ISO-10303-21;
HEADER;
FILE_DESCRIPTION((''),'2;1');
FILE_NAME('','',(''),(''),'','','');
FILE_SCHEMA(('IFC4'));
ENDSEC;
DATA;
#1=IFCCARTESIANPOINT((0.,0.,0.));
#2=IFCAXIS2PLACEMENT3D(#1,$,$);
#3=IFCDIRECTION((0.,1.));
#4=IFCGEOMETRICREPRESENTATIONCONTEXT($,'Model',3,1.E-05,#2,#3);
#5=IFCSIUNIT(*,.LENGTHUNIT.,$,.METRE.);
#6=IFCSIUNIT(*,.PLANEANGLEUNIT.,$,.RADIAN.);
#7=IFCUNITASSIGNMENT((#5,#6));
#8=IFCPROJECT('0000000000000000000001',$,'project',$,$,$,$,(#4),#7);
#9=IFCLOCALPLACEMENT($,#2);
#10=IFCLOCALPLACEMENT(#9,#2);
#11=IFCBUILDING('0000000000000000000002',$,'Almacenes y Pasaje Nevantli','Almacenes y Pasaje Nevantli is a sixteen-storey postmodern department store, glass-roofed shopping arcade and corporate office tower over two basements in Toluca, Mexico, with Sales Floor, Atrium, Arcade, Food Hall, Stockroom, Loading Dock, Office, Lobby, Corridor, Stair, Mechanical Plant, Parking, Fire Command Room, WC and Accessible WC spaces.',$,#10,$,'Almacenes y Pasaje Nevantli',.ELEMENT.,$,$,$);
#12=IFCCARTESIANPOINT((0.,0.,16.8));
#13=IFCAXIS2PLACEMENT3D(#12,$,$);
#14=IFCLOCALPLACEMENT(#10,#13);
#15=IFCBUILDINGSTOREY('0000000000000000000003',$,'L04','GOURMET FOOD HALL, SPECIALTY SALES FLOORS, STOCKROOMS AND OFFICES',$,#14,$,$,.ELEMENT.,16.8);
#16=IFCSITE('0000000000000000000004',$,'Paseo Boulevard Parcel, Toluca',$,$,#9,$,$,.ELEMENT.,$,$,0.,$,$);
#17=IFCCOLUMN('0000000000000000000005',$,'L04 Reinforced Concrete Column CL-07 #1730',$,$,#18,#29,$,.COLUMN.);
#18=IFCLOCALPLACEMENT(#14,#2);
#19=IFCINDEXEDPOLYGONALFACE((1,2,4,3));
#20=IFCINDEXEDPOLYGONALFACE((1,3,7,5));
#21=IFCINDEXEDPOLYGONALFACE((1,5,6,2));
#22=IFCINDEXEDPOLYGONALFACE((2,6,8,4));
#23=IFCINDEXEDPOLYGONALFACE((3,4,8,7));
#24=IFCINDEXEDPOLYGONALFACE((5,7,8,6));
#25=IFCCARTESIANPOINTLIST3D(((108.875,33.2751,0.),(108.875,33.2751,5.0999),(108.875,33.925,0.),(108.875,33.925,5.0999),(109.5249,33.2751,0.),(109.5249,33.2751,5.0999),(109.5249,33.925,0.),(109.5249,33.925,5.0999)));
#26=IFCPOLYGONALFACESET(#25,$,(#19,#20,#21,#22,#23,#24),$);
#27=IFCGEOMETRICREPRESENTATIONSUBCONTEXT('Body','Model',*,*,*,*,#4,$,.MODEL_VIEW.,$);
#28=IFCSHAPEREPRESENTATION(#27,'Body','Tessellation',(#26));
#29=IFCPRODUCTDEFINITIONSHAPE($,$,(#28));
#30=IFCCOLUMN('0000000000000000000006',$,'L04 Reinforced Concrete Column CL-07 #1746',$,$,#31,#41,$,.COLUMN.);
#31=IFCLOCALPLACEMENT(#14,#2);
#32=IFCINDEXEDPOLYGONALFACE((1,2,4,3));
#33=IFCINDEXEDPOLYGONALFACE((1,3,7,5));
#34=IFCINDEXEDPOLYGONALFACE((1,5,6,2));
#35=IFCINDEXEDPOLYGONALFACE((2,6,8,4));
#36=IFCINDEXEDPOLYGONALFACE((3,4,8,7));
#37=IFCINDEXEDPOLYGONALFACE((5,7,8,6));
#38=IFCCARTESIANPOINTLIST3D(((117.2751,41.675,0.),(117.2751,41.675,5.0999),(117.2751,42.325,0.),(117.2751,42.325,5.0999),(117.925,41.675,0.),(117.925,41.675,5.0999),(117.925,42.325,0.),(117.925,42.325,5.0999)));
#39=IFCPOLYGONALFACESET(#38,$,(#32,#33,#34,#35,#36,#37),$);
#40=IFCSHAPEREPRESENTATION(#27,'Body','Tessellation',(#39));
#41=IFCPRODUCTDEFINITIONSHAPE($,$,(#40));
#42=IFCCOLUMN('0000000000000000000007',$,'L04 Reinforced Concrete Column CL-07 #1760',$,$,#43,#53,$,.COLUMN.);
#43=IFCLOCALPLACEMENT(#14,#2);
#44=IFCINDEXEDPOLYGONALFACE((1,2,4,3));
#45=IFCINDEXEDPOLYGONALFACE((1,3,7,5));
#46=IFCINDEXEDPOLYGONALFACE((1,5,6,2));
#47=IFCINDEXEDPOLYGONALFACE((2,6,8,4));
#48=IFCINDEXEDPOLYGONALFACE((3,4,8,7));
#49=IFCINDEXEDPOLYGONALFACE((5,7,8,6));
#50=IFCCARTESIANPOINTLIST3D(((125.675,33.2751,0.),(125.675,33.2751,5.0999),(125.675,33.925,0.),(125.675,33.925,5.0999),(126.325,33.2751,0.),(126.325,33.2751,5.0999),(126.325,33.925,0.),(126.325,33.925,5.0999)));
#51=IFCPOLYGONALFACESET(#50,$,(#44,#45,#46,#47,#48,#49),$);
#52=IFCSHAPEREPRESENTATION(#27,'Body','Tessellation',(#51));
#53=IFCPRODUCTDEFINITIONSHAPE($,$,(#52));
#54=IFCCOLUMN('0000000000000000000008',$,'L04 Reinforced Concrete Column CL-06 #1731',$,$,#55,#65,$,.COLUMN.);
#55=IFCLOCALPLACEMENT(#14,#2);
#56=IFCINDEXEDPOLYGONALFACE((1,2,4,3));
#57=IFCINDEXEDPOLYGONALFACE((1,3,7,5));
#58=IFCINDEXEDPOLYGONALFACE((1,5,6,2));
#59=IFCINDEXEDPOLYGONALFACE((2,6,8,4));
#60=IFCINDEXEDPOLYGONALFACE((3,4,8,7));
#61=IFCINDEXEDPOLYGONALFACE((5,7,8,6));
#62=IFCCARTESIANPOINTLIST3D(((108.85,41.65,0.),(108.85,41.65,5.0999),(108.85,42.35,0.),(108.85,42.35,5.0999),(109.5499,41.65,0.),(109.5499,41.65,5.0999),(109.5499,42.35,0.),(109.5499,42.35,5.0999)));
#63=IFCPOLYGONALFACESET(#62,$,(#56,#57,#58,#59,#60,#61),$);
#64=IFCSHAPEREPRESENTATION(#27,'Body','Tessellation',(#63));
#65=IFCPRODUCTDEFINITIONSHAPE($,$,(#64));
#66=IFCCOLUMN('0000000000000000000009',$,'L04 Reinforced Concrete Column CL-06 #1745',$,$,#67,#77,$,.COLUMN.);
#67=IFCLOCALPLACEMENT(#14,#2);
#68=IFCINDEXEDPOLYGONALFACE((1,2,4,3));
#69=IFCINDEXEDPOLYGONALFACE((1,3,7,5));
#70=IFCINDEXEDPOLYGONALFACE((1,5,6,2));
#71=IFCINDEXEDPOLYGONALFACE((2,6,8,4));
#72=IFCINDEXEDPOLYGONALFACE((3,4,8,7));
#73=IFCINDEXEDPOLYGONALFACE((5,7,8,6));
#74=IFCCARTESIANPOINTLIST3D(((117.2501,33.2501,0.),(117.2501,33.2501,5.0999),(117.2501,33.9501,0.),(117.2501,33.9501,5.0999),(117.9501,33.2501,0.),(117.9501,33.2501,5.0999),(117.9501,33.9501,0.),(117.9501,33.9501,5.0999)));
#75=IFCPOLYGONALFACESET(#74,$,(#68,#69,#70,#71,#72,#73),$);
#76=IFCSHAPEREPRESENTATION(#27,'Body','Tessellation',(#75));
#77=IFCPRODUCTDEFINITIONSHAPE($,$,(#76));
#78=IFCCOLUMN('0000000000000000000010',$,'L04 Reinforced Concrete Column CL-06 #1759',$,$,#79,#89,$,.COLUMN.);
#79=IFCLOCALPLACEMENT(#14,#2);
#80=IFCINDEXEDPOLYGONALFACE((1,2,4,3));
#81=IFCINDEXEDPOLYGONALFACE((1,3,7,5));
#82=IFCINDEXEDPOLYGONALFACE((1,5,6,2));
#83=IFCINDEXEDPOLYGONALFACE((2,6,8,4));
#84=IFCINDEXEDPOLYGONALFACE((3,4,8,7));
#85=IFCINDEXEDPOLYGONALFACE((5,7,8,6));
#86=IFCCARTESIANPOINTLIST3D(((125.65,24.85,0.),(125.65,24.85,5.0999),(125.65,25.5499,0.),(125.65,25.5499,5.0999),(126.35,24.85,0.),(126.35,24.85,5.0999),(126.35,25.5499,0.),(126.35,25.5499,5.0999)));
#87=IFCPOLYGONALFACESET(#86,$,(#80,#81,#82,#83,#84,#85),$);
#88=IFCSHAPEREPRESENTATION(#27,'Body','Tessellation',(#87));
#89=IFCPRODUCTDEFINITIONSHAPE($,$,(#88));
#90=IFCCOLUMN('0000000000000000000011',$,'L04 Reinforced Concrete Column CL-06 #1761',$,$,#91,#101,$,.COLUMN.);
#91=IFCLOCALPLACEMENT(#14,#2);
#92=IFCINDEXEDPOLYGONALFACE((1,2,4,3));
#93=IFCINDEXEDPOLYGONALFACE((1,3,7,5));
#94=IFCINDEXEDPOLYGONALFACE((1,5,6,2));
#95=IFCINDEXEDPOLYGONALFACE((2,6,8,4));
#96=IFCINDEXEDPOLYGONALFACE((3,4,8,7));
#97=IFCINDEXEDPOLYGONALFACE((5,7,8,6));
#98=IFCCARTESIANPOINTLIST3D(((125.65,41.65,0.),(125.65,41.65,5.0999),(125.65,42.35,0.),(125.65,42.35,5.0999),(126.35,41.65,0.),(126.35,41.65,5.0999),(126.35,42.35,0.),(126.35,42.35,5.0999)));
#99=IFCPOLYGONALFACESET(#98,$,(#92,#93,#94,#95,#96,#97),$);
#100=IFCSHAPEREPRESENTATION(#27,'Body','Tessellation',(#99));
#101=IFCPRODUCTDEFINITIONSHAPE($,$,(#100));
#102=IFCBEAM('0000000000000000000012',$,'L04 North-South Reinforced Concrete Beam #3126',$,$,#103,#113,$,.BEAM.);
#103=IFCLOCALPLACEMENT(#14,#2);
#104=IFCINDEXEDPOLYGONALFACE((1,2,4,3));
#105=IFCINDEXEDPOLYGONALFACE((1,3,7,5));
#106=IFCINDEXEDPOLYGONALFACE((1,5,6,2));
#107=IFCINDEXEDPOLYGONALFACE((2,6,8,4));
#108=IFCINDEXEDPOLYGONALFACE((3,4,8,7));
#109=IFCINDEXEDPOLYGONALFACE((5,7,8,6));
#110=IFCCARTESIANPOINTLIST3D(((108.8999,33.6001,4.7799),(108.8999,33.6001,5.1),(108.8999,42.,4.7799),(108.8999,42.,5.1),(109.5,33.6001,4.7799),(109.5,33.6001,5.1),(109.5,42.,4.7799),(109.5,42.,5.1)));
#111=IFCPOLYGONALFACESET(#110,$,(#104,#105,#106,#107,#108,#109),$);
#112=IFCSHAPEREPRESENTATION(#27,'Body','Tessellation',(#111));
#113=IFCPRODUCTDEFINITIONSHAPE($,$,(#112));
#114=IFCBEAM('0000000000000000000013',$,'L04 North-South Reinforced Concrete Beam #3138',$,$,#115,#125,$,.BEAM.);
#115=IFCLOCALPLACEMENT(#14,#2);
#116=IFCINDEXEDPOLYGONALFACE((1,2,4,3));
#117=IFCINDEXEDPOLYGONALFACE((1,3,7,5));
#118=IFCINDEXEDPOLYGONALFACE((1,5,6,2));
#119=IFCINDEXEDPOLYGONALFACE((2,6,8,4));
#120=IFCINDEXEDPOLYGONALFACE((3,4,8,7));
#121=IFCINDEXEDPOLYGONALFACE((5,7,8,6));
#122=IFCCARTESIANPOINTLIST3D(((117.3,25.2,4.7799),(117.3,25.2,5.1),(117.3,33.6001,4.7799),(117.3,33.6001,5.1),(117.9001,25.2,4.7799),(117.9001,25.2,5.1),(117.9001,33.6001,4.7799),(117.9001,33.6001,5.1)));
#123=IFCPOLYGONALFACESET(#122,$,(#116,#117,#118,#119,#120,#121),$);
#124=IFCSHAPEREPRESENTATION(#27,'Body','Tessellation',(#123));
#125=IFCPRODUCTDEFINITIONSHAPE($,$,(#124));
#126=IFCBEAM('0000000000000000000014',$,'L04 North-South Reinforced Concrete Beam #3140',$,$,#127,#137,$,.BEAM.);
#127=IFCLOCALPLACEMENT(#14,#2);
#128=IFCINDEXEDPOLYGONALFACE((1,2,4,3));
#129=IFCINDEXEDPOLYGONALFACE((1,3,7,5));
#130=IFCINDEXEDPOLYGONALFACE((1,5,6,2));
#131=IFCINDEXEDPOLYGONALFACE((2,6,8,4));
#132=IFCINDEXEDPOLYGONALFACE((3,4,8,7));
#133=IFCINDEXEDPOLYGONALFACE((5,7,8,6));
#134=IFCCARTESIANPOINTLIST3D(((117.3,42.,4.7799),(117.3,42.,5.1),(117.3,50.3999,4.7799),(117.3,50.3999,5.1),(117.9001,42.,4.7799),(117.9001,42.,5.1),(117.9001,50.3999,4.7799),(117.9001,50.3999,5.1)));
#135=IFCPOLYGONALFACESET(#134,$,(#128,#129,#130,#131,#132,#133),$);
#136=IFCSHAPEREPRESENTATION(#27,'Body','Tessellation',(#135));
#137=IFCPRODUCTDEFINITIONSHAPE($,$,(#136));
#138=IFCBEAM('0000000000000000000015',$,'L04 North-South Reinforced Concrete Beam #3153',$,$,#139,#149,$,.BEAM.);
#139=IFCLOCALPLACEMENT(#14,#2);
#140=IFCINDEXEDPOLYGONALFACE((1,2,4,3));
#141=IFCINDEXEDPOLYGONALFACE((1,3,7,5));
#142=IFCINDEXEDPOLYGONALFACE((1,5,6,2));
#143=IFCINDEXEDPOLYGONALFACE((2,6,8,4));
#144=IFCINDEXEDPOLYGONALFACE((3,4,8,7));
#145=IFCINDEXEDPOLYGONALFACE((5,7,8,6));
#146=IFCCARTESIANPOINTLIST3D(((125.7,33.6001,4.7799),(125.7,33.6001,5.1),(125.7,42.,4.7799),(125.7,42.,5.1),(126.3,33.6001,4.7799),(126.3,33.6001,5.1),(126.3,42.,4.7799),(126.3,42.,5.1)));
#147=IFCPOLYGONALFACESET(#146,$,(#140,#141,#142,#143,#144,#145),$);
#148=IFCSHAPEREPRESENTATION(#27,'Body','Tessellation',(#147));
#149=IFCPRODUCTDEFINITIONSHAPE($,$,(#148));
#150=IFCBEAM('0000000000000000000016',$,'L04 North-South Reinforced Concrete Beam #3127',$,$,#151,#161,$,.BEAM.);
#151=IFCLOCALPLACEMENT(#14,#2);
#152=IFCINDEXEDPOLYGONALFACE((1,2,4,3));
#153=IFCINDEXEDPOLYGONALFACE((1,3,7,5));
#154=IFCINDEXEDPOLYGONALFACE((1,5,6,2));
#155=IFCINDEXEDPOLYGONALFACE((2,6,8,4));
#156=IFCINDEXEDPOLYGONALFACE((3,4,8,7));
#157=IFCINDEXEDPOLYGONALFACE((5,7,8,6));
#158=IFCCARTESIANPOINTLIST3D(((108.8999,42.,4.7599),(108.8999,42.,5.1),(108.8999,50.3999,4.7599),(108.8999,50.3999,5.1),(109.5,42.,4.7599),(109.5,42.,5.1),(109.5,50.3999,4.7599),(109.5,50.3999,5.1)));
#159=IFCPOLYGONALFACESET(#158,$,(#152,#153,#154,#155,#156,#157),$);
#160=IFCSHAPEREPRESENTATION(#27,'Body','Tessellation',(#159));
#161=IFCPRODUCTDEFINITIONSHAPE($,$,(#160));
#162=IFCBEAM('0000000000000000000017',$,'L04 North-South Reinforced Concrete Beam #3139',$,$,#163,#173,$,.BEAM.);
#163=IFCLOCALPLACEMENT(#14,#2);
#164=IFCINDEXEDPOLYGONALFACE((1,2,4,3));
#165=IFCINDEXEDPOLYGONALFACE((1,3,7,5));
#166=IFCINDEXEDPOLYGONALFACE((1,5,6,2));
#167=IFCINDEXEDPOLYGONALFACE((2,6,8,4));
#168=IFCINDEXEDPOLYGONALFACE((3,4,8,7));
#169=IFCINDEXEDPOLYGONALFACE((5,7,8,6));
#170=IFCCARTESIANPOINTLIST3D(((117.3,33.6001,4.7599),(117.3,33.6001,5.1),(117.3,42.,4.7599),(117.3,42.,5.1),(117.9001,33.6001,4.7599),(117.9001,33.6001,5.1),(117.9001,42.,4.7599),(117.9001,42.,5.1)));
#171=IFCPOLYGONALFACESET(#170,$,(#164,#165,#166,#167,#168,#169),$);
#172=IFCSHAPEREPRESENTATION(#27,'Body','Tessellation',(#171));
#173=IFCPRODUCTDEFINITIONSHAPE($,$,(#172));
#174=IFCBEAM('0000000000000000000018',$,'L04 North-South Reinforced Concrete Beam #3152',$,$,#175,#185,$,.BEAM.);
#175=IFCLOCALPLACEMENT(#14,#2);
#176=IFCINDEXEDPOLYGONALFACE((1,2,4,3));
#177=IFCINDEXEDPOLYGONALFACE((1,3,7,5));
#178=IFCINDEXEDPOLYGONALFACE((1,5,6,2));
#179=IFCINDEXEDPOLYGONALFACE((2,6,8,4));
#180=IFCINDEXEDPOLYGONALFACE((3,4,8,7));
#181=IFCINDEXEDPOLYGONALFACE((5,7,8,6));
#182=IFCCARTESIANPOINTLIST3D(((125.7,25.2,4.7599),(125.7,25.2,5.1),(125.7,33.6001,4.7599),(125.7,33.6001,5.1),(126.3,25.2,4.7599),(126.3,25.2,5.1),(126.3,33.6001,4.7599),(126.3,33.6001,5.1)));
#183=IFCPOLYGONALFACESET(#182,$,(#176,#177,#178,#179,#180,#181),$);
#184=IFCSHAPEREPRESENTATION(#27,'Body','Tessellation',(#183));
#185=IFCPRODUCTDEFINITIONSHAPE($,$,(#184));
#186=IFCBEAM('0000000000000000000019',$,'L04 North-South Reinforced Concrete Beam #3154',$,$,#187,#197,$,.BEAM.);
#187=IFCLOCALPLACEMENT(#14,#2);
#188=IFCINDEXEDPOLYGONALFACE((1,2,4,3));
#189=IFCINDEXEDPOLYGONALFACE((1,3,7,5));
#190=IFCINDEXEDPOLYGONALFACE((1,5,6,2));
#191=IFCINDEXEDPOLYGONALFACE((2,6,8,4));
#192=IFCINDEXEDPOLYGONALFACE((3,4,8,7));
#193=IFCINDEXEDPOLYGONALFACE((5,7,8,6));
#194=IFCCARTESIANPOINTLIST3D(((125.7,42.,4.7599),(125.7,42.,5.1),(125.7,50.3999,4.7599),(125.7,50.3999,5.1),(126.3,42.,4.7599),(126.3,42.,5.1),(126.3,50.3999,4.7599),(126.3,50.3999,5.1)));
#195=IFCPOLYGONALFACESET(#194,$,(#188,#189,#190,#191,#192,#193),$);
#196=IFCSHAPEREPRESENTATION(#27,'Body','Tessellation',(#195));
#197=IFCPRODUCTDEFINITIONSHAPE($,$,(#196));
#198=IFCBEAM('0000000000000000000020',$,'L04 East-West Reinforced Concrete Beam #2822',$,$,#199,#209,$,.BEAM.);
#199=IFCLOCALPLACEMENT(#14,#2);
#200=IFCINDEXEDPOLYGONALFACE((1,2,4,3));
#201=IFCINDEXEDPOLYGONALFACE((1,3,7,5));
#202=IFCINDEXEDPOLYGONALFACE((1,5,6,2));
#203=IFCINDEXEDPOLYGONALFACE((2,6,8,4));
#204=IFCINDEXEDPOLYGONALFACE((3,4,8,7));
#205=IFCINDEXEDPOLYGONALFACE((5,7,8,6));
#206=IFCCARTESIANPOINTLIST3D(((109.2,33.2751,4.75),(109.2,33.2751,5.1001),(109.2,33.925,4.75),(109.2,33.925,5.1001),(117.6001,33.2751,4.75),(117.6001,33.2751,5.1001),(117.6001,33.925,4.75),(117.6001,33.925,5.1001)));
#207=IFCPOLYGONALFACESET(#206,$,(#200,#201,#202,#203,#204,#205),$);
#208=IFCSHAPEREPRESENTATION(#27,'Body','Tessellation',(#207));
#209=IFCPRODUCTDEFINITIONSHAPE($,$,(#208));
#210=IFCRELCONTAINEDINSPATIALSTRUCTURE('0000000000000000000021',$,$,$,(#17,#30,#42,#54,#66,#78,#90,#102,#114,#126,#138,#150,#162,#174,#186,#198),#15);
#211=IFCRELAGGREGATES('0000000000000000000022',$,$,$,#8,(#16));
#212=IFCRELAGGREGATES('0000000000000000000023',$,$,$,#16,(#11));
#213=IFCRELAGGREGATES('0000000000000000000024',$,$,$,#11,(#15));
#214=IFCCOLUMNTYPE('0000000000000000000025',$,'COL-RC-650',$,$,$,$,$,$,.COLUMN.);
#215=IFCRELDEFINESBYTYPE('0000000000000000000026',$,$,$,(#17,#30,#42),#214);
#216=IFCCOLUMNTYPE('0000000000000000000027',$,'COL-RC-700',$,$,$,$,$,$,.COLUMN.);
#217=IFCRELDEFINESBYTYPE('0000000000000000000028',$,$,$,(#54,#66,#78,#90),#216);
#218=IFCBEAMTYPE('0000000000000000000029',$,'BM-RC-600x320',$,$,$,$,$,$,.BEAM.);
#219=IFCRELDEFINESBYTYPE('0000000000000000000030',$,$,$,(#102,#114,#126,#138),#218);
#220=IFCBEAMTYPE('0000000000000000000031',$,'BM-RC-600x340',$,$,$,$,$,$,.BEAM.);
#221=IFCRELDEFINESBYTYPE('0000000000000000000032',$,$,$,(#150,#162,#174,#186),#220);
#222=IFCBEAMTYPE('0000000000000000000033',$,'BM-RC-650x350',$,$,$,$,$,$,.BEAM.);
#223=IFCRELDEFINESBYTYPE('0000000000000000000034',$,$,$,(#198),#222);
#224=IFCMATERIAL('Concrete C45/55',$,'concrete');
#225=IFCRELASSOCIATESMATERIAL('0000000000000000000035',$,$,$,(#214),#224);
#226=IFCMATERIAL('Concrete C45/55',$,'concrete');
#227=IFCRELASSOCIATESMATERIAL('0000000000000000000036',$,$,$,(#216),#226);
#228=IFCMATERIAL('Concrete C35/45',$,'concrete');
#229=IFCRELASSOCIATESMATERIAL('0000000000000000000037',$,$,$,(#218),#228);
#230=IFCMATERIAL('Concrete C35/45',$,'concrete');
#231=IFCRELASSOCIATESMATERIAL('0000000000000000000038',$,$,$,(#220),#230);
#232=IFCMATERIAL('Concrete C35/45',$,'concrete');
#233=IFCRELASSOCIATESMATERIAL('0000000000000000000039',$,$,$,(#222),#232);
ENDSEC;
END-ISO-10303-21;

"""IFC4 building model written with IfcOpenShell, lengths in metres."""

from ifc_helpers import new_model, si_unit, direction, frame, origin, origin_2d, place, context, subcontext, project, spatial, rectangle, extrude, material, material_profile, profile_set, type_object, element, save


model = new_model("IFC4")

# Units and contexts
model_context = context("Model", 3, precision=1e-05, world=origin(), true_north=direction((0.0, 1.0)))
body_context = subcontext(model_context, "Body", "Model", "MODEL_VIEW")
ifc_project = project(units=[si_unit("LENGTHUNIT", "METRE"), si_unit("PLANEANGLEUNIT", "RADIAN")], contexts=[model_context])

# Site, building, storey
site_placement = place(None, origin())
site = spatial("IfcSite", under=ifc_project, at=site_placement, Name="Paseo Boulevard Parcel, Toluca", CompositionType="ELEMENT", RefElevation=0.0)
building_placement = place(site_placement, origin())
building = spatial("IfcBuilding", under=site, at=building_placement, Name="Almacenes y Pasaje Nevantli", Description="Almacenes y Pasaje Nevantli is a sixteen-storey postmodern department store, glass-roofed shopping arcade and corporate office tower over two basements in Toluca, Mexico, with Sales Floor, Atrium, Arcade, Food Hall, Stockroom, Loading Dock, Office, Lobby, Corridor, Stair, Mechanical Plant, Parking, Fire Command Room, WC and Accessible WC spaces.", LongName="Almacenes y Pasaje Nevantli", CompositionType="ELEMENT")
storey_placement = place(building_placement, frame((0.0, 0.0, 16.8)))
storey = spatial("IfcBuildingStorey", under=building, at=storey_placement, Name="L04", Description="GOURMET FOOD HALL, SPECIALTY SALES FLOORS, STOCKROOMS AND OFFICES", CompositionType="ELEMENT", Elevation=16.8)

# Columns
ifc_material_1 = material(Name="Concrete C45/55", Category="concrete")
ifc_material_profile_1 = material_profile(ifc_material_1, rectangle(XDim=0.6499, YDim=0.6499, at=origin_2d()), Name="RC-COL-650x650")
ifc_profile_set_1 = profile_set([ifc_material_profile_1], Name="Concrete C45/55")
column_type_1 = type_object("IfcColumnType", Name="COL-RC-650", PredefinedType="COLUMN", material=ifc_profile_set_1)
for number, where, z_axis, x_axis, name in (
    (1, (109.2, 33.6001, 0.0), (0.0, 0.0, 1.0), (1.0, 0.0, 0.0), "L04 Reinforced Concrete Column CL-07 #1730"),
    (2, (117.6001, 42.0, 0.0), (0.0, 0.0, 1.0), (1.0, 0.0, 0.0), "L04 Reinforced Concrete Column CL-07 #1746"),
    (3, (126.0, 33.6001, 0.0), (0.0, 0.0, 1.0), (1.0, 0.0, 0.0), "L04 Reinforced Concrete Column CL-07 #1760"),
):
    element("IfcColumn", number, at=place(storey_placement, frame(where, z_axis=z_axis, x_axis=x_axis)), inside=storey, type_object=column_type_1, Name=name, PredefinedType="COLUMN", context=body_context, shape_type="SweptSolid", body=[
        extrude(rectangle(XDim=0.6499, YDim=0.6499, at=origin_2d()), origin(), (0.0, 0.0, 1.0), 5.0999),
    ])
ifc_material_2 = material(Name="Concrete C45/55", Category="concrete")
ifc_material_profile_2 = material_profile(ifc_material_2, rectangle(XDim=0.7, YDim=0.7, at=origin_2d()), Name="RC-COL-700x700")
ifc_profile_set_2 = profile_set([ifc_material_profile_2], Name="Concrete C45/55")
column_type_2 = type_object("IfcColumnType", Name="COL-RC-700", PredefinedType="COLUMN", material=ifc_profile_set_2)
for number, where, z_axis, x_axis, name in (
    (4, (109.2, 42.0, 0.0), (0.0, 0.0, 1.0), (1.0, 0.0, 0.0), "L04 Reinforced Concrete Column CL-06 #1731"),
    (5, (117.6001, 33.6001, 0.0), (0.0, 0.0, 1.0), (1.0, 0.0, 0.0), "L04 Reinforced Concrete Column CL-06 #1745"),
    (6, (126.0, 25.2, 0.0), (0.0, 0.0, 1.0), (1.0, 0.0, 0.0), "L04 Reinforced Concrete Column CL-06 #1759"),
    (7, (126.0, 42.0, 0.0), (0.0, 0.0, 1.0), (1.0, 0.0, 0.0), "L04 Reinforced Concrete Column CL-06 #1761"),
):
    element("IfcColumn", number, at=place(storey_placement, frame(where, z_axis=z_axis, x_axis=x_axis)), inside=storey, type_object=column_type_2, Name=name, PredefinedType="COLUMN", context=body_context, shape_type="SweptSolid", body=[
        extrude(rectangle(XDim=0.7, YDim=0.7, at=origin_2d()), origin(), (0.0, 0.0, 1.0), 5.0999),
    ])

# Beams
ifc_material_3 = material(Name="Concrete C35/45", Category="concrete")
ifc_material_profile_3 = material_profile(ifc_material_3, rectangle(XDim=0.6001, YDim=0.3201, at=origin_2d()), Name="RC-BM-600x320")
ifc_profile_set_3 = profile_set([ifc_material_profile_3], Name="Concrete C35/45")
beam_type_1 = type_object("IfcBeamType", Name="BM-RC-600x320", PredefinedType="BEAM", material=ifc_profile_set_3)
beam_1_placement = place(storey_placement, frame((109.2, 33.6001, 4.9399), z_axis=(0.0, 1.0, 0.0), x_axis=(-1.0, 0.0, 0.0)))
element("IfcBeam", 8, at=beam_1_placement, inside=storey, type_object=beam_type_1, Name="L04 North-South Reinforced Concrete Beam #3126", PredefinedType="BEAM", context=body_context, shape_type="SweptSolid", body=[
    extrude(rectangle(XDim=0.6001, YDim=0.3201, at=origin_2d()), origin(), (0.0, 0.0, 1.0), 8.3999),
])
beam_2_placement = place(storey_placement, frame((117.6001, 25.2, 4.9399), z_axis=(0.0, 1.0, 0.0), x_axis=(-1.0, 0.0, 0.0)))
element("IfcBeam", 9, at=beam_2_placement, inside=storey, type_object=beam_type_1, Name="L04 North-South Reinforced Concrete Beam #3138", PredefinedType="BEAM", context=body_context, shape_type="SweptSolid", body=[
    extrude(rectangle(XDim=0.6001, YDim=0.3201, at=origin_2d()), origin(), (0.0, 0.0, 1.0), 8.4001),
])
for number, where, z_axis, x_axis, name in (
    (10, (117.6001, 42.0, 4.9399), (0.0, 1.0, 0.0), (-1.0, 0.0, 0.0), "L04 North-South Reinforced Concrete Beam #3140"),
    (11, (126.0, 33.6001, 4.9399), (0.0, 1.0, 0.0), (-1.0, 0.0, 0.0), "L04 North-South Reinforced Concrete Beam #3153"),
):
    element("IfcBeam", number, at=place(storey_placement, frame(where, z_axis=z_axis, x_axis=x_axis)), inside=storey, type_object=beam_type_1, Name=name, PredefinedType="BEAM", context=body_context, shape_type="SweptSolid", body=[
        extrude(rectangle(XDim=0.6001, YDim=0.3201, at=origin_2d()), origin(), (0.0, 0.0, 1.0), 8.3999),
    ])
ifc_material_4 = material(Name="Concrete C35/45", Category="concrete")
ifc_material_profile_4 = material_profile(ifc_material_4, rectangle(XDim=0.6001, YDim=0.3401, at=origin_2d()), Name="RC-BM-600x340")
ifc_profile_set_4 = profile_set([ifc_material_profile_4], Name="Concrete C35/45")
beam_type_2 = type_object("IfcBeamType", Name="BM-RC-600x340", PredefinedType="BEAM", material=ifc_profile_set_4)
for number, where, z_axis, x_axis, name in (
    (12, (109.2, 42.0, 4.9299), (0.0, 1.0, 0.0), (-1.0, 0.0, 0.0), "L04 North-South Reinforced Concrete Beam #3127"),
    (13, (117.6001, 33.6001, 4.9299), (0.0, 1.0, 0.0), (-1.0, 0.0, 0.0), "L04 North-South Reinforced Concrete Beam #3139"),
):
    element("IfcBeam", number, at=place(storey_placement, frame(where, z_axis=z_axis, x_axis=x_axis)), inside=storey, type_object=beam_type_2, Name=name, PredefinedType="BEAM", context=body_context, shape_type="SweptSolid", body=[
        extrude(rectangle(XDim=0.6001, YDim=0.3401, at=origin_2d()), origin(), (0.0, 0.0, 1.0), 8.3999),
    ])
beam_3_placement = place(storey_placement, frame((126.0, 25.2, 4.9299), z_axis=(0.0, 1.0, 0.0), x_axis=(-1.0, 0.0, 0.0)))
element("IfcBeam", 14, at=beam_3_placement, inside=storey, type_object=beam_type_2, Name="L04 North-South Reinforced Concrete Beam #3152", PredefinedType="BEAM", context=body_context, shape_type="SweptSolid", body=[
    extrude(rectangle(XDim=0.6001, YDim=0.3401, at=origin_2d()), origin(), (0.0, 0.0, 1.0), 8.4001),
])
beam_4_placement = place(storey_placement, frame((126.0, 42.0, 4.9299), z_axis=(0.0, 1.0, 0.0), x_axis=(-1.0, 0.0, 0.0)))
element("IfcBeam", 15, at=beam_4_placement, inside=storey, type_object=beam_type_2, Name="L04 North-South Reinforced Concrete Beam #3154", PredefinedType="BEAM", context=body_context, shape_type="SweptSolid", body=[
    extrude(rectangle(XDim=0.6001, YDim=0.3401, at=origin_2d()), origin(), (0.0, 0.0, 1.0), 8.3999),
])
ifc_material_5 = material(Name="Concrete C35/45", Category="concrete")
ifc_material_profile_5 = material_profile(ifc_material_5, rectangle(XDim=0.6499, YDim=0.3501, at=origin_2d()), Name="RC-BM-650x350")
ifc_profile_set_5 = profile_set([ifc_material_profile_5], Name="Concrete C35/45")
beam_type_3 = type_object("IfcBeamType", Name="BM-RC-650x350", PredefinedType="BEAM", material=ifc_profile_set_5)
beam_5_placement = place(storey_placement, frame((109.2, 33.6001, 4.925), z_axis=(1.0, 0.0, 0.0), x_axis=(0.0, 1.0, 0.0)))
element("IfcBeam", 16, at=beam_5_placement, inside=storey, type_object=beam_type_3, Name="L04 East-West Reinforced Concrete Beam #2822", PredefinedType="BEAM", context=body_context, shape_type="SweptSolid", body=[
    extrude(rectangle(XDim=0.6499, YDim=0.3501, at=origin_2d()), origin(), (0.0, 0.0, 1.0), 8.4001),
])

save(model, "model.ifc")
